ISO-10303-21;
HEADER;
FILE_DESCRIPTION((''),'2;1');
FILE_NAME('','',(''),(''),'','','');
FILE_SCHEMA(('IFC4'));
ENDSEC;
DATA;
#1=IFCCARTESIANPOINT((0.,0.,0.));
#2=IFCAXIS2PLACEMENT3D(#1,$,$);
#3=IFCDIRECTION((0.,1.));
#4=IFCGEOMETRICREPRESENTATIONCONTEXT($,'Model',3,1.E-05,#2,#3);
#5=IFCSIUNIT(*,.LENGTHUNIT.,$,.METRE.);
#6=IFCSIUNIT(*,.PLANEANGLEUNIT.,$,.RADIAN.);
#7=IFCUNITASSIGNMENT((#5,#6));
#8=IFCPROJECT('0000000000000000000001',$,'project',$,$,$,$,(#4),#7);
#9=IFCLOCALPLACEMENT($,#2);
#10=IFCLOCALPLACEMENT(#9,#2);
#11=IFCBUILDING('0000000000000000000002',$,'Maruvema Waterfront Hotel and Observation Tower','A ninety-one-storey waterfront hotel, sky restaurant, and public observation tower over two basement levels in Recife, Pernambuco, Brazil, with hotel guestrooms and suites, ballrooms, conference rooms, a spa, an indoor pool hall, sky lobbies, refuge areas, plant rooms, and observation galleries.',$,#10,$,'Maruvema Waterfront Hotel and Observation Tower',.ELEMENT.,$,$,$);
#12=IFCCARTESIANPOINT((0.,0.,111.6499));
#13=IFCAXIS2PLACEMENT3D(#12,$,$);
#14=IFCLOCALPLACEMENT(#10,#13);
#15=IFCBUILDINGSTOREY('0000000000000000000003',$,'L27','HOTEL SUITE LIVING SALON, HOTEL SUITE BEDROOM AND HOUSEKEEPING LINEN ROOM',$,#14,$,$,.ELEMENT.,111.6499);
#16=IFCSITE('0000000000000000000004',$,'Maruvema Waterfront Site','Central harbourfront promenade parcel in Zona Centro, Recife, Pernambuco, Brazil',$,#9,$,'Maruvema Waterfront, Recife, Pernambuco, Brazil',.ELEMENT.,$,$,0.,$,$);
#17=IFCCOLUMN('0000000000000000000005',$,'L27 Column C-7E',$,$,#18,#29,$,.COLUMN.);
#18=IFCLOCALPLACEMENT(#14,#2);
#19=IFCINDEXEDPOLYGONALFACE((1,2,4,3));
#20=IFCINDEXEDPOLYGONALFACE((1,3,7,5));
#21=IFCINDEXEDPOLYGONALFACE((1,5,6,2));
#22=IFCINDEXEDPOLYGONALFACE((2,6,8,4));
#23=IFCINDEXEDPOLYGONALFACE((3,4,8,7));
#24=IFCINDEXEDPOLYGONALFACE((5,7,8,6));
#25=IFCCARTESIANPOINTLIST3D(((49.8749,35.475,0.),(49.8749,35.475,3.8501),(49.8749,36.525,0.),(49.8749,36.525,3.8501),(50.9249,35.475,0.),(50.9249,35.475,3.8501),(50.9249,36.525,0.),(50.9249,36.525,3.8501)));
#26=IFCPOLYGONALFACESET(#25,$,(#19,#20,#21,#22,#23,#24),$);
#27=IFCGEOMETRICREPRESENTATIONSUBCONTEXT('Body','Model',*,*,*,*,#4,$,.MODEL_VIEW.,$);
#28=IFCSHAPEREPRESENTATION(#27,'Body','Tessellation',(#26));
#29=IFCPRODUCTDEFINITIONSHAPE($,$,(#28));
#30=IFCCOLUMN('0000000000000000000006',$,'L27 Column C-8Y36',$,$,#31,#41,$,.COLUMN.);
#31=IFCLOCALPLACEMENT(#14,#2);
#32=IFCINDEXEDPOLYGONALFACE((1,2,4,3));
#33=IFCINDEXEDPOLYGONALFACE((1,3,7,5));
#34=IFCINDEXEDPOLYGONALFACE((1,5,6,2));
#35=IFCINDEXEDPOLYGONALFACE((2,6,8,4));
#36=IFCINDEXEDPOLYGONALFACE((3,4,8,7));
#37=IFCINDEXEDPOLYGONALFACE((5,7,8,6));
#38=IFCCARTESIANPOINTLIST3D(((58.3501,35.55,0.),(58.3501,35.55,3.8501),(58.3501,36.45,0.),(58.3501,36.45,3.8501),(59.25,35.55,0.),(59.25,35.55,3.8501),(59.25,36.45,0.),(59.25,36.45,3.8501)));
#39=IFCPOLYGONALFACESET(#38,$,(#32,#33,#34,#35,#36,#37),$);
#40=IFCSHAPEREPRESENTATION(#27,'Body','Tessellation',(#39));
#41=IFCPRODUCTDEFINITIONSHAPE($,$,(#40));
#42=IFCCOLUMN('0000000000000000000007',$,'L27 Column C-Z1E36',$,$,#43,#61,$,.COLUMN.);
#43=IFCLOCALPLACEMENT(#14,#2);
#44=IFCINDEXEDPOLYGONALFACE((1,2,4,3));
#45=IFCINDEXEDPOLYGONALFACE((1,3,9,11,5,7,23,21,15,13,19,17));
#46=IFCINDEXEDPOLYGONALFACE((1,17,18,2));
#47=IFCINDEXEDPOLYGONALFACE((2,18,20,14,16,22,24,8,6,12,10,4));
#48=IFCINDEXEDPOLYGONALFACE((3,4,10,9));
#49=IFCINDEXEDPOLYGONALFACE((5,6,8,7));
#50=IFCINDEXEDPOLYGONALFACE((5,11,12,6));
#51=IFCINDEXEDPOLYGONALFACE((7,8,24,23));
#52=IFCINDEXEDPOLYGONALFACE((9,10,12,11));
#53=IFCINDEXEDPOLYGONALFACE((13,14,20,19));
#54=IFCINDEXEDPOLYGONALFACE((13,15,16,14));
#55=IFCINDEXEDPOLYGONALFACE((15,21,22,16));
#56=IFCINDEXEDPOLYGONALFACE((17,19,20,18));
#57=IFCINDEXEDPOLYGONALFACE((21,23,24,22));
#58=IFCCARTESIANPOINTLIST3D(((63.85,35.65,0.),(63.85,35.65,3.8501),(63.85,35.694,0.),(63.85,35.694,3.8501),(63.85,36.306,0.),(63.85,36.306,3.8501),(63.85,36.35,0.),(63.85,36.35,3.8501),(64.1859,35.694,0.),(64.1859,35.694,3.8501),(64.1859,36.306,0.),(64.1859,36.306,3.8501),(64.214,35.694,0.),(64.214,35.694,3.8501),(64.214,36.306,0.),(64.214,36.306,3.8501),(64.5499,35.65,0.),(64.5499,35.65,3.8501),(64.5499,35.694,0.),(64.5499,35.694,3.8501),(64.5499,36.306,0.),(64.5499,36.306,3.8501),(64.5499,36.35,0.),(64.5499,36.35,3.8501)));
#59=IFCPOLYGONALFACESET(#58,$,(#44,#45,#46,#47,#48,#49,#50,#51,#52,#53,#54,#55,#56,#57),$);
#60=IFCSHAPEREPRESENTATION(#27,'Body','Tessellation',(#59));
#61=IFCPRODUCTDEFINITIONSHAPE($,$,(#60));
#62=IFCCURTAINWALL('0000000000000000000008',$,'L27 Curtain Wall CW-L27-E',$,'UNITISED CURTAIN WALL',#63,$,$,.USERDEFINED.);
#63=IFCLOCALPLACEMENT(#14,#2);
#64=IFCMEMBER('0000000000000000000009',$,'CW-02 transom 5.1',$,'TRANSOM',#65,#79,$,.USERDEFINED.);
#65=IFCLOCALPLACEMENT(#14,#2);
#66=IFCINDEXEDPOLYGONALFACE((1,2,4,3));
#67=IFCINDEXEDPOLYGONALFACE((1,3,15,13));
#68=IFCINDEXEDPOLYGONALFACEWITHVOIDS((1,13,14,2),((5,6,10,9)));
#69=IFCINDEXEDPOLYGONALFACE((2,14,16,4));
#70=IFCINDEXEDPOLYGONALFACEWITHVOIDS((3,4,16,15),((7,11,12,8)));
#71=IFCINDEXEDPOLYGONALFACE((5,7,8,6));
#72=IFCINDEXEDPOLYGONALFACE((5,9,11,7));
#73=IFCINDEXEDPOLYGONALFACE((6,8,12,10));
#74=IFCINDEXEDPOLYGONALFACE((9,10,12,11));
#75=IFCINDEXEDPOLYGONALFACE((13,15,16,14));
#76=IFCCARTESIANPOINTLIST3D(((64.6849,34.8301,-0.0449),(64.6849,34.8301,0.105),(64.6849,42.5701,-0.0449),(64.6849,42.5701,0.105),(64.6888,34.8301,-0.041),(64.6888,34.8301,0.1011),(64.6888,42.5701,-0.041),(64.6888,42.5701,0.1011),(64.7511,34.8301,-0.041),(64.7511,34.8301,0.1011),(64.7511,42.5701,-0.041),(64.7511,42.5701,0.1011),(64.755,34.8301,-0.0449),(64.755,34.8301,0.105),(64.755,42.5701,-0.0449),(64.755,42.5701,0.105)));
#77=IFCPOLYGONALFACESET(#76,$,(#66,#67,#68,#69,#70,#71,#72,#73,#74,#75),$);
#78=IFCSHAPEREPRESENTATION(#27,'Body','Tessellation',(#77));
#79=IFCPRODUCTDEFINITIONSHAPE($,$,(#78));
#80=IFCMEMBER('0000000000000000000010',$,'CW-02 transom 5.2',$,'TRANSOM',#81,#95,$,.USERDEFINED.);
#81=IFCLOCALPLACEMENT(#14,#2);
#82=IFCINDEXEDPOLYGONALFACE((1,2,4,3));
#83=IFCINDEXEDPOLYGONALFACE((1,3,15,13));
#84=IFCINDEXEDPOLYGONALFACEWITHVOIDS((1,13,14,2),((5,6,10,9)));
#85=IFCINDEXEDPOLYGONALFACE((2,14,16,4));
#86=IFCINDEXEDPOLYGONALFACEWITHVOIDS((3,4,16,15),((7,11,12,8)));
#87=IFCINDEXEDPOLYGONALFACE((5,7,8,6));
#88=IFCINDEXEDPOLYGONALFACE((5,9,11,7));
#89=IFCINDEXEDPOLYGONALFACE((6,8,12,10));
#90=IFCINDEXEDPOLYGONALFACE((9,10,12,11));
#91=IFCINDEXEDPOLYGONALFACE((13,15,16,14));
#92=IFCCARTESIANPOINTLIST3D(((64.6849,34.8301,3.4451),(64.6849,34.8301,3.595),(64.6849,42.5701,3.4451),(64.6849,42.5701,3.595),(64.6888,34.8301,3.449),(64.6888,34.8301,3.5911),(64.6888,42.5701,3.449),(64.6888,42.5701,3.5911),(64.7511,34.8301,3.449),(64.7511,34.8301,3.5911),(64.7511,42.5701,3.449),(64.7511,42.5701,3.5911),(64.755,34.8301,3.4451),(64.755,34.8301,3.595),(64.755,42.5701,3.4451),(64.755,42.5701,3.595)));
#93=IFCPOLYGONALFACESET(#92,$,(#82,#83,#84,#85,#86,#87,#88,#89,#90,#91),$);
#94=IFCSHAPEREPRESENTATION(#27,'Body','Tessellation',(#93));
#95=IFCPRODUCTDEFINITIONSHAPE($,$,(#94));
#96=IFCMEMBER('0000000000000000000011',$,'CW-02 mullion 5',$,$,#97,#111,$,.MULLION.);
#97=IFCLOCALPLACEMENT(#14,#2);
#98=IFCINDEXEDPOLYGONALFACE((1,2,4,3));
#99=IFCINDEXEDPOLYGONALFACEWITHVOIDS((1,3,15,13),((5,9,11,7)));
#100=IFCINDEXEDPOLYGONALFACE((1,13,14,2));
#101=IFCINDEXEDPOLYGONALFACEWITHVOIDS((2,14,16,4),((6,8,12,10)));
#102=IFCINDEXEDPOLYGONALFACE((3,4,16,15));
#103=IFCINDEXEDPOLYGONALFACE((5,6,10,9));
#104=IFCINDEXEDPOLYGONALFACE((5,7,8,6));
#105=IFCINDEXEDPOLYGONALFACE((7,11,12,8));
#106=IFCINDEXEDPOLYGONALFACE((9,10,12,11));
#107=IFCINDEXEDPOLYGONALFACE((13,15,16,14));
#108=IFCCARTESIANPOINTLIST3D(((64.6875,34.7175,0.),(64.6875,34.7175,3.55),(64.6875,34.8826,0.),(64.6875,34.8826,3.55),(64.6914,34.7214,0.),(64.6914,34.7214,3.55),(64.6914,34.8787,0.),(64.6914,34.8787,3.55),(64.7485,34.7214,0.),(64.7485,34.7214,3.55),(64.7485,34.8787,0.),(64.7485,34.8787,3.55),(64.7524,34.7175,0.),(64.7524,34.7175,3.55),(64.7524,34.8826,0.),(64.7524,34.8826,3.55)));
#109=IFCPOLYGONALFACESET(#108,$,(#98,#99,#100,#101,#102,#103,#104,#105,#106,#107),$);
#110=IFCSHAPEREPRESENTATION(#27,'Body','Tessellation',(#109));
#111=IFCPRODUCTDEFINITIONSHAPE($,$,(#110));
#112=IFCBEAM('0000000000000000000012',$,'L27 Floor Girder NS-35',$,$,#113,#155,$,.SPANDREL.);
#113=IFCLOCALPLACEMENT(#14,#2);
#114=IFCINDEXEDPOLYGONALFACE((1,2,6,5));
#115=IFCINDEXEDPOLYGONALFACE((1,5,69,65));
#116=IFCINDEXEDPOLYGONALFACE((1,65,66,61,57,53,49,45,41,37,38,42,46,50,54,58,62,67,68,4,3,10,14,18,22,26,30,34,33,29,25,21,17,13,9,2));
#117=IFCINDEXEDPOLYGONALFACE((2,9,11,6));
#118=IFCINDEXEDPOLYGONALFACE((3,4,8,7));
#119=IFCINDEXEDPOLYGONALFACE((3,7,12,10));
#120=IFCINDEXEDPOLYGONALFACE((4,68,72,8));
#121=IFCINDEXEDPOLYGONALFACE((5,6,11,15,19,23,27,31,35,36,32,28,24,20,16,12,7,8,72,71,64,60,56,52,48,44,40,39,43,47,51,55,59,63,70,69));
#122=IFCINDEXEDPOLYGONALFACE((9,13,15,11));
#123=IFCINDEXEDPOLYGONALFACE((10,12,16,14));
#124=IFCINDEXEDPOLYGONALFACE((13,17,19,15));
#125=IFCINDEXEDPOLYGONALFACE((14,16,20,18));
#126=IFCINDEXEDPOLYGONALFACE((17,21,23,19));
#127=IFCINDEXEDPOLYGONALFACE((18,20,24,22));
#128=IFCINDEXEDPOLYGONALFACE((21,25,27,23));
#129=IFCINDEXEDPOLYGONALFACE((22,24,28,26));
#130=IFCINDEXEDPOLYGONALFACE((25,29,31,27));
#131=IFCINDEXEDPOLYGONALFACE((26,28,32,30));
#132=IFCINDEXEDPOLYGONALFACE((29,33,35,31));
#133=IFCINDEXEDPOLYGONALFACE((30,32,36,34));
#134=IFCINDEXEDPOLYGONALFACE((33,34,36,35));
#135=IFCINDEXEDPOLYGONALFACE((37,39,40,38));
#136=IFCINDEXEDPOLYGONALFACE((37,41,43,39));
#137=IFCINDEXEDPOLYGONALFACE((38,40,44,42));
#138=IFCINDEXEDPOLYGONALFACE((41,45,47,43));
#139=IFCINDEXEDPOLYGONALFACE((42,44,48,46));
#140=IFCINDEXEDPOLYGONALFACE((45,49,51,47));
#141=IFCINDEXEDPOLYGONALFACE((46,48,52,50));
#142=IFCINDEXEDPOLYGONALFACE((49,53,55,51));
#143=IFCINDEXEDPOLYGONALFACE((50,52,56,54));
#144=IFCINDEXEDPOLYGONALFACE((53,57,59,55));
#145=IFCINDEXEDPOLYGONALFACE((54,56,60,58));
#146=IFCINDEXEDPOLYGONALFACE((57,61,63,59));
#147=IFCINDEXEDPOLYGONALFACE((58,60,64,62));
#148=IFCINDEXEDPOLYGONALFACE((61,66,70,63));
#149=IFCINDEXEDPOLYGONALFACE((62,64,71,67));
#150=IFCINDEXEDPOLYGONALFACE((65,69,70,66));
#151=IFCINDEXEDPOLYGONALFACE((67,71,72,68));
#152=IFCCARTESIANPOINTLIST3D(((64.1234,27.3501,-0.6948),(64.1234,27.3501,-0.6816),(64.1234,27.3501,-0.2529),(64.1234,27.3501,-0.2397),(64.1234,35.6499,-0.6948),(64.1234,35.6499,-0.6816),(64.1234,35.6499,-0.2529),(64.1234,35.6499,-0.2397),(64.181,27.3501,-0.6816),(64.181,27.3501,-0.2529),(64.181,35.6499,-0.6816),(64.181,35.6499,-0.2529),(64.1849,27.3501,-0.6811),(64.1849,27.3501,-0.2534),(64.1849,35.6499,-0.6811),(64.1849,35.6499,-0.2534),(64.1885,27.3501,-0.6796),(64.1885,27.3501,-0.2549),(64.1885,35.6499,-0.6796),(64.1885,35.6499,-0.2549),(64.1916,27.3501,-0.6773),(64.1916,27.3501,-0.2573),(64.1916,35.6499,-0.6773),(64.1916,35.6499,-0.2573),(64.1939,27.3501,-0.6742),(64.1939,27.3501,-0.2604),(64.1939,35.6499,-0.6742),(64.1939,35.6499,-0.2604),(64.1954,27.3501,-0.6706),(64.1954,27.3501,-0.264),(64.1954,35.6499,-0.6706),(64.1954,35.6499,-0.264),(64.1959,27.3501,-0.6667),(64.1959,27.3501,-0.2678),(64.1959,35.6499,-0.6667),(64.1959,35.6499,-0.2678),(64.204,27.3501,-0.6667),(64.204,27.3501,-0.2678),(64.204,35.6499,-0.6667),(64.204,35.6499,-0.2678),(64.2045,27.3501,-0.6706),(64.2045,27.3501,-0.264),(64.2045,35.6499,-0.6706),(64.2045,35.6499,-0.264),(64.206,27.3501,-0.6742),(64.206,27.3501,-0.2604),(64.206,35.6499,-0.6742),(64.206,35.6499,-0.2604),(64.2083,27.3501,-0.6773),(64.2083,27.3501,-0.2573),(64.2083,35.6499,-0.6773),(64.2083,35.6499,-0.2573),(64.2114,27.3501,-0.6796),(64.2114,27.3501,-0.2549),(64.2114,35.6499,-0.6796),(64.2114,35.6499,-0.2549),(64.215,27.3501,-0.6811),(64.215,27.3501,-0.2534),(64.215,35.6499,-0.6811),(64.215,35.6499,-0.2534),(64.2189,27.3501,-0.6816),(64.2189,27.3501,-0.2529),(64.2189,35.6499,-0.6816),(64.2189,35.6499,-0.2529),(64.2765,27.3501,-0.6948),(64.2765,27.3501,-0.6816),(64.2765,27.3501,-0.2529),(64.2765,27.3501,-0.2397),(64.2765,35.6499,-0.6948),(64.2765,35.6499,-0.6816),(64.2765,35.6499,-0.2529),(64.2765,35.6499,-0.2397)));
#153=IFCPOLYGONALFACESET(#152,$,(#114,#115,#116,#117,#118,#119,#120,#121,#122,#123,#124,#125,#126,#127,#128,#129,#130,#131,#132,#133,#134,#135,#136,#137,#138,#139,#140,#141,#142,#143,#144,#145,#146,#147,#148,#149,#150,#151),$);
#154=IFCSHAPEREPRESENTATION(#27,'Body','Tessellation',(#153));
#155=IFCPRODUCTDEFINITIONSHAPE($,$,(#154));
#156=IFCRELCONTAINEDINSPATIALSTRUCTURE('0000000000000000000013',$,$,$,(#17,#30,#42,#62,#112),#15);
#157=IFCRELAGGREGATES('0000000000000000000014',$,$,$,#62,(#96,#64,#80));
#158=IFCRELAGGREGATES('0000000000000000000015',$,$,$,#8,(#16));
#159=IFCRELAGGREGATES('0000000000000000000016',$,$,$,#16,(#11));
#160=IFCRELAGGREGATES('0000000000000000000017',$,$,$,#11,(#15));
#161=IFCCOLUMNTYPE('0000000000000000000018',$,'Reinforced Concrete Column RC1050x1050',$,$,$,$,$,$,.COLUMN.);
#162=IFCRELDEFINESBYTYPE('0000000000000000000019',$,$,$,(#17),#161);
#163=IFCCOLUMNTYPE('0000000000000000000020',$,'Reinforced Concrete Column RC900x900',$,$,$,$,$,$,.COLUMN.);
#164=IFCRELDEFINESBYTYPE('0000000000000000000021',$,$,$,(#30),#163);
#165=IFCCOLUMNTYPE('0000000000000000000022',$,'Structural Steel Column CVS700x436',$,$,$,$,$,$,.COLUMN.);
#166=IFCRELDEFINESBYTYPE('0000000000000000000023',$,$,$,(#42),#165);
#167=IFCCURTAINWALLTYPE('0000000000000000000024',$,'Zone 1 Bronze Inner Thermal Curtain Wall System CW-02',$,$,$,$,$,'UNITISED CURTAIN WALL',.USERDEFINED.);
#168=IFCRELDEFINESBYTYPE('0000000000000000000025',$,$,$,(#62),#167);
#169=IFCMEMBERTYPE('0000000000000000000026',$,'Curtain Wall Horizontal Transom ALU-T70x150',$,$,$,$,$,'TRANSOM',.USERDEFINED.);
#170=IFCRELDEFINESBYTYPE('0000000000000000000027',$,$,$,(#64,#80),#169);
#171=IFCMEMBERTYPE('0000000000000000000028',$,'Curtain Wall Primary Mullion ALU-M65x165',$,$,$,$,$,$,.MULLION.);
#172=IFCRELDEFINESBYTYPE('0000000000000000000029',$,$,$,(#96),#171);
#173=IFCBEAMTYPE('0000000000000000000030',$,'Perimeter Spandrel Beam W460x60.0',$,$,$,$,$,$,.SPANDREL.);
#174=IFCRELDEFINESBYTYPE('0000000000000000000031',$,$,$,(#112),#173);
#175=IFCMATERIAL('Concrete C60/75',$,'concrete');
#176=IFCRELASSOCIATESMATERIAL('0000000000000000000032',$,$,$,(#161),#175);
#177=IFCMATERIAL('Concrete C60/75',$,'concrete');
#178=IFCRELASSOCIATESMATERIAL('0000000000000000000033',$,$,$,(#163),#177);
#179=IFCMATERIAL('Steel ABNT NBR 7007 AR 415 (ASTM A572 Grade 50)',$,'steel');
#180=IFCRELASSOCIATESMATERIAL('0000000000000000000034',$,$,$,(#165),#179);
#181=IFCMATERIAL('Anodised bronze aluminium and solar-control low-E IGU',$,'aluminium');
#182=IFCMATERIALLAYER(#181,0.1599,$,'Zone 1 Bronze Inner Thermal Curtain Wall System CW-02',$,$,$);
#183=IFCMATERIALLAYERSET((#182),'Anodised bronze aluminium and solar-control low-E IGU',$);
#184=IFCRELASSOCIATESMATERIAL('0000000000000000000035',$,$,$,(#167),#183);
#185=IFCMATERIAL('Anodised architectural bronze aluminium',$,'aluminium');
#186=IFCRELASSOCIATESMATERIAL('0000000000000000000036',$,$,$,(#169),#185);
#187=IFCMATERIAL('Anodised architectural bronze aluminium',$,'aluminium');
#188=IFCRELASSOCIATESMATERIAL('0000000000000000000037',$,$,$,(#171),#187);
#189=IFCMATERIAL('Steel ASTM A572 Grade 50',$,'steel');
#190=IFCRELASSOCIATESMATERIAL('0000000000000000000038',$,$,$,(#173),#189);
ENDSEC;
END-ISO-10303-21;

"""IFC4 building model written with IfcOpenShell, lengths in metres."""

from ifc_helpers import new_model, si_unit, direction, frame, origin, origin_2d, place, context, subcontext, project, spatial, rectangle, hollow_rectangle, i_section, extrude, material, layer, layer_set, material_profile, profile_set, type_object, element, aggregate, save


model = new_model("IFC4")

# Units and contexts
model_context = context("Model", 3, precision=1e-05, world=origin(), true_north=direction((0.0, 1.0)))
body_context = subcontext(model_context, "Body", "Model", "MODEL_VIEW")
ifc_project = project(units=[si_unit("LENGTHUNIT", "METRE"), si_unit("PLANEANGLEUNIT", "RADIAN")], contexts=[model_context])

# Site, building, storey
site_placement = place(None, origin())
site = spatial("IfcSite", under=ifc_project, at=site_placement, Name="Maruvema Waterfront Site", Description="Central harbourfront promenade parcel in Zona Centro, Recife, Pernambuco, Brazil", LongName="Maruvema Waterfront, Recife, Pernambuco, Brazil", CompositionType="ELEMENT", RefElevation=0.0)
building_placement = place(site_placement, origin())
building = spatial("IfcBuilding", under=site, at=building_placement, Name="Maruvema Waterfront Hotel and Observation Tower", Description="A ninety-one-storey waterfront hotel, sky restaurant, and public observation tower over two basement levels in Recife, Pernambuco, Brazil, with hotel guestrooms and suites, ballrooms, conference rooms, a spa, an indoor pool hall, sky lobbies, refuge areas, plant rooms, and observation galleries.", LongName="Maruvema Waterfront Hotel and Observation Tower", CompositionType="ELEMENT")
storey_placement = place(building_placement, frame((0.0, 0.0, 111.6499)))
storey = spatial("IfcBuildingStorey", under=building, at=storey_placement, Name="L27", Description="HOTEL SUITE LIVING SALON, HOTEL SUITE BEDROOM AND HOUSEKEEPING LINEN ROOM", CompositionType="ELEMENT", Elevation=111.6499)

# Columns
ifc_material_1 = material(Name="Concrete C60/75", Category="concrete")
ifc_material_profile_1 = material_profile(ifc_material_1, rectangle(XDim=1.05, YDim=1.05, at=origin_2d()), Name="RC1050x1050")
ifc_profile_set_1 = profile_set([ifc_material_profile_1], Name="Concrete C60/75")
column_type_1 = type_object("IfcColumnType", Name="Reinforced Concrete Column RC1050x1050", PredefinedType="COLUMN", material=ifc_profile_set_1)
column_1_placement = place(storey_placement, frame((50.3999, 36.0, 0.0), z_axis=(0.0, 0.0, 1.0), x_axis=(1.0, 0.0, 0.0)))
element("IfcColumn", 1, at=column_1_placement, inside=storey, type_object=column_type_1, Name="L27 Column C-7E", PredefinedType="COLUMN", context=body_context, shape_type="SweptSolid", body=[
    extrude(rectangle(XDim=1.05, YDim=1.05, at=origin_2d()), origin(), (0.0, 0.0, 1.0), 3.8501),
])
ifc_material_2 = material(Name="Concrete C60/75", Category="concrete")
ifc_material_profile_2 = material_profile(ifc_material_2, rectangle(XDim=0.8999, YDim=0.8999, at=origin_2d()), Name="RC900x900")
ifc_profile_set_2 = profile_set([ifc_material_profile_2], Name="Concrete C60/75")
column_type_2 = type_object("IfcColumnType", Name="Reinforced Concrete Column RC900x900", PredefinedType="COLUMN", material=ifc_profile_set_2)
column_2_placement = place(storey_placement, frame((58.8, 36.0, 0.0), z_axis=(0.0, 0.0, 1.0), x_axis=(1.0, 0.0, 0.0)))
element("IfcColumn", 2, at=column_2_placement, inside=storey, type_object=column_type_2, Name="L27 Column C-8Y36", PredefinedType="COLUMN", context=body_context, shape_type="SweptSolid", body=[
    extrude(rectangle(XDim=0.8999, YDim=0.8999, at=origin_2d()), origin(), (0.0, 0.0, 1.0), 3.8501),
])
ifc_material_3 = material(Name="Steel ABNT NBR 7007 AR 415 (ASTM A572 Grade 50)", Category="steel")
ifc_material_profile_3 = material_profile(ifc_material_3, i_section(OverallWidth=0.7, OverallDepth=0.7, WebThickness=0.0281, FlangeThickness=0.0439, at=origin_2d()), Name="CVS700x436")
ifc_profile_set_3 = profile_set([ifc_material_profile_3], Name="Steel ABNT NBR 7007 AR 415 (ASTM A572 Grade 50)")
column_type_3 = type_object("IfcColumnType", Name="Structural Steel Column CVS700x436", PredefinedType="COLUMN", material=ifc_profile_set_3)
column_3_placement = place(storey_placement, frame((64.2, 36.0, 0.0), z_axis=(0.0, 0.0, 1.0), x_axis=(1.0, 0.0, 0.0)))
element("IfcColumn", 3, at=column_3_placement, inside=storey, type_object=column_type_3, Name="L27 Column C-Z1E36", PredefinedType="COLUMN", context=body_context, shape_type="SweptSolid", body=[
    extrude(i_section(OverallWidth=0.7, OverallDepth=0.7, WebThickness=0.0281, FlangeThickness=0.0439, at=origin_2d()), origin(), (0.0, 0.0, 1.0), 3.8501),
])

# Curtain wall, members
ifc_material_4 = material(Name="Anodised bronze aluminium and solar-control low-E IGU", Category="aluminium")
ifc_layer_1 = layer(ifc_material_4, 0.1599, Name="Zone 1 Bronze Inner Thermal Curtain Wall System CW-02")
ifc_layer_set_1 = layer_set([ifc_layer_1], Name="Anodised bronze aluminium and solar-control low-E IGU")
curtain_wall_type = type_object("IfcCurtainWallType", Name="Zone 1 Bronze Inner Thermal Curtain Wall System CW-02", ElementType="UNITISED CURTAIN WALL", PredefinedType="USERDEFINED", material=ifc_layer_set_1)
curtain_wall_placement = place(storey_placement, origin())
curtain_wall = element("IfcCurtainWall", 4, at=curtain_wall_placement, inside=storey, type_object=curtain_wall_type, Name="L27 Curtain Wall CW-L27-E", ObjectType="UNITISED CURTAIN WALL", PredefinedType="USERDEFINED")
ifc_material_5 = material(Name="Anodised architectural bronze aluminium", Category="aluminium")
ifc_material_profile_4 = material_profile(ifc_material_5, hollow_rectangle(XDim=0.0701, YDim=0.1499, WallThickness=0.0039, at=origin_2d()), Name="ALU-T70x150")
ifc_profile_set_4 = profile_set([ifc_material_profile_4], Name="Anodised architectural bronze aluminium")
member_type_1 = type_object("IfcMemberType", Name="Curtain Wall Horizontal Transom ALU-T70x150", ElementType="TRANSOM", PredefinedType="USERDEFINED", material=ifc_profile_set_4)
member_1_placement = place(storey_placement, frame((64.72, 34.8301, 0.03), z_axis=(0.0, 1.0, 0.0), x_axis=(-1.0, 0.0, 0.0)))
member_1 = element("IfcMember", 5, at=member_1_placement, type_object=member_type_1, Name="CW-02 transom 5.1", ObjectType="TRANSOM", PredefinedType="USERDEFINED", context=body_context, shape_type="SweptSolid", body=[
    extrude(hollow_rectangle(XDim=0.0701, YDim=0.1499, WallThickness=0.0039, at=origin_2d()), origin(), (0.0, 0.0, 1.0), 7.74),
])
member_2_placement = place(storey_placement, frame((64.72, 34.8301, 3.52), z_axis=(0.0, 1.0, 0.0), x_axis=(-1.0, 0.0, 0.0)))
member_2 = element("IfcMember", 6, at=member_2_placement, type_object=member_type_1, Name="CW-02 transom 5.2", ObjectType="TRANSOM", PredefinedType="USERDEFINED", context=body_context, shape_type="SweptSolid", body=[
    extrude(hollow_rectangle(XDim=0.0701, YDim=0.1499, WallThickness=0.0039, at=origin_2d()), origin(), (0.0, 0.0, 1.0), 7.74),
])
ifc_material_6 = material(Name="Anodised architectural bronze aluminium", Category="aluminium")
ifc_material_profile_5 = material_profile(ifc_material_6, hollow_rectangle(XDim=0.0649, YDim=0.165, WallThickness=0.0039, at=origin_2d()), Name="ALU-M65x165")
ifc_profile_set_5 = profile_set([ifc_material_profile_5], Name="Anodised architectural bronze aluminium")
member_type_2 = type_object("IfcMemberType", Name="Curtain Wall Primary Mullion ALU-M65x165", PredefinedType="MULLION", material=ifc_profile_set_5)
member_3_placement = place(storey_placement, frame((64.72, 34.8, 0.0), z_axis=(0.0, 0.0, 1.0), x_axis=(-1.0, 0.0, 0.0)))
member_3 = element("IfcMember", 7, at=member_3_placement, type_object=member_type_2, Name="CW-02 mullion 5", PredefinedType="MULLION", context=body_context, shape_type="SweptSolid", body=[
    extrude(hollow_rectangle(XDim=0.0649, YDim=0.165, WallThickness=0.0039, at=origin_2d()), origin(), (0.0, 0.0, 1.0), 3.55),
])

# Beam
ifc_material_7 = material(Name="Steel ASTM A572 Grade 50", Category="steel")
ifc_material_profile_6 = material_profile(ifc_material_7, i_section(OverallWidth=0.1531, OverallDepth=0.4551, WebThickness=0.0081, FlangeThickness=0.0132, FilletRadius=0.0149, at=origin_2d()), Name="W460x60.0")
ifc_profile_set_6 = profile_set([ifc_material_profile_6], Name="Steel ASTM A572 Grade 50")
beam_type_1 = type_object("IfcBeamType", Name="Perimeter Spandrel Beam W460x60.0", PredefinedType="SPANDREL", material=ifc_profile_set_6)
for number, where, z_axis, x_axis, name in (
    (8, (64.2, 27.3501, -0.4673), (0.0, 1.0, 0.0), (-1.0, 0.0, 0.0), "L27 Floor Girder NS-35"),
):
    element("IfcBeam", number, at=place(storey_placement, frame(where, z_axis=z_axis, x_axis=x_axis)), inside=storey, type_object=beam_type_1, Name=name, PredefinedType="SPANDREL", context=body_context, shape_type="SweptSolid", body=[
        extrude(i_section(OverallWidth=0.1531, OverallDepth=0.4551, WebThickness=0.0081, FlangeThickness=0.0132, FilletRadius=0.0149, at=origin_2d()), origin(), (0.0, 0.0, 1.0), 8.2998),
    ])

aggregate(curtain_wall, [member_3, member_1, member_2])

save(model, "model.ifc")
